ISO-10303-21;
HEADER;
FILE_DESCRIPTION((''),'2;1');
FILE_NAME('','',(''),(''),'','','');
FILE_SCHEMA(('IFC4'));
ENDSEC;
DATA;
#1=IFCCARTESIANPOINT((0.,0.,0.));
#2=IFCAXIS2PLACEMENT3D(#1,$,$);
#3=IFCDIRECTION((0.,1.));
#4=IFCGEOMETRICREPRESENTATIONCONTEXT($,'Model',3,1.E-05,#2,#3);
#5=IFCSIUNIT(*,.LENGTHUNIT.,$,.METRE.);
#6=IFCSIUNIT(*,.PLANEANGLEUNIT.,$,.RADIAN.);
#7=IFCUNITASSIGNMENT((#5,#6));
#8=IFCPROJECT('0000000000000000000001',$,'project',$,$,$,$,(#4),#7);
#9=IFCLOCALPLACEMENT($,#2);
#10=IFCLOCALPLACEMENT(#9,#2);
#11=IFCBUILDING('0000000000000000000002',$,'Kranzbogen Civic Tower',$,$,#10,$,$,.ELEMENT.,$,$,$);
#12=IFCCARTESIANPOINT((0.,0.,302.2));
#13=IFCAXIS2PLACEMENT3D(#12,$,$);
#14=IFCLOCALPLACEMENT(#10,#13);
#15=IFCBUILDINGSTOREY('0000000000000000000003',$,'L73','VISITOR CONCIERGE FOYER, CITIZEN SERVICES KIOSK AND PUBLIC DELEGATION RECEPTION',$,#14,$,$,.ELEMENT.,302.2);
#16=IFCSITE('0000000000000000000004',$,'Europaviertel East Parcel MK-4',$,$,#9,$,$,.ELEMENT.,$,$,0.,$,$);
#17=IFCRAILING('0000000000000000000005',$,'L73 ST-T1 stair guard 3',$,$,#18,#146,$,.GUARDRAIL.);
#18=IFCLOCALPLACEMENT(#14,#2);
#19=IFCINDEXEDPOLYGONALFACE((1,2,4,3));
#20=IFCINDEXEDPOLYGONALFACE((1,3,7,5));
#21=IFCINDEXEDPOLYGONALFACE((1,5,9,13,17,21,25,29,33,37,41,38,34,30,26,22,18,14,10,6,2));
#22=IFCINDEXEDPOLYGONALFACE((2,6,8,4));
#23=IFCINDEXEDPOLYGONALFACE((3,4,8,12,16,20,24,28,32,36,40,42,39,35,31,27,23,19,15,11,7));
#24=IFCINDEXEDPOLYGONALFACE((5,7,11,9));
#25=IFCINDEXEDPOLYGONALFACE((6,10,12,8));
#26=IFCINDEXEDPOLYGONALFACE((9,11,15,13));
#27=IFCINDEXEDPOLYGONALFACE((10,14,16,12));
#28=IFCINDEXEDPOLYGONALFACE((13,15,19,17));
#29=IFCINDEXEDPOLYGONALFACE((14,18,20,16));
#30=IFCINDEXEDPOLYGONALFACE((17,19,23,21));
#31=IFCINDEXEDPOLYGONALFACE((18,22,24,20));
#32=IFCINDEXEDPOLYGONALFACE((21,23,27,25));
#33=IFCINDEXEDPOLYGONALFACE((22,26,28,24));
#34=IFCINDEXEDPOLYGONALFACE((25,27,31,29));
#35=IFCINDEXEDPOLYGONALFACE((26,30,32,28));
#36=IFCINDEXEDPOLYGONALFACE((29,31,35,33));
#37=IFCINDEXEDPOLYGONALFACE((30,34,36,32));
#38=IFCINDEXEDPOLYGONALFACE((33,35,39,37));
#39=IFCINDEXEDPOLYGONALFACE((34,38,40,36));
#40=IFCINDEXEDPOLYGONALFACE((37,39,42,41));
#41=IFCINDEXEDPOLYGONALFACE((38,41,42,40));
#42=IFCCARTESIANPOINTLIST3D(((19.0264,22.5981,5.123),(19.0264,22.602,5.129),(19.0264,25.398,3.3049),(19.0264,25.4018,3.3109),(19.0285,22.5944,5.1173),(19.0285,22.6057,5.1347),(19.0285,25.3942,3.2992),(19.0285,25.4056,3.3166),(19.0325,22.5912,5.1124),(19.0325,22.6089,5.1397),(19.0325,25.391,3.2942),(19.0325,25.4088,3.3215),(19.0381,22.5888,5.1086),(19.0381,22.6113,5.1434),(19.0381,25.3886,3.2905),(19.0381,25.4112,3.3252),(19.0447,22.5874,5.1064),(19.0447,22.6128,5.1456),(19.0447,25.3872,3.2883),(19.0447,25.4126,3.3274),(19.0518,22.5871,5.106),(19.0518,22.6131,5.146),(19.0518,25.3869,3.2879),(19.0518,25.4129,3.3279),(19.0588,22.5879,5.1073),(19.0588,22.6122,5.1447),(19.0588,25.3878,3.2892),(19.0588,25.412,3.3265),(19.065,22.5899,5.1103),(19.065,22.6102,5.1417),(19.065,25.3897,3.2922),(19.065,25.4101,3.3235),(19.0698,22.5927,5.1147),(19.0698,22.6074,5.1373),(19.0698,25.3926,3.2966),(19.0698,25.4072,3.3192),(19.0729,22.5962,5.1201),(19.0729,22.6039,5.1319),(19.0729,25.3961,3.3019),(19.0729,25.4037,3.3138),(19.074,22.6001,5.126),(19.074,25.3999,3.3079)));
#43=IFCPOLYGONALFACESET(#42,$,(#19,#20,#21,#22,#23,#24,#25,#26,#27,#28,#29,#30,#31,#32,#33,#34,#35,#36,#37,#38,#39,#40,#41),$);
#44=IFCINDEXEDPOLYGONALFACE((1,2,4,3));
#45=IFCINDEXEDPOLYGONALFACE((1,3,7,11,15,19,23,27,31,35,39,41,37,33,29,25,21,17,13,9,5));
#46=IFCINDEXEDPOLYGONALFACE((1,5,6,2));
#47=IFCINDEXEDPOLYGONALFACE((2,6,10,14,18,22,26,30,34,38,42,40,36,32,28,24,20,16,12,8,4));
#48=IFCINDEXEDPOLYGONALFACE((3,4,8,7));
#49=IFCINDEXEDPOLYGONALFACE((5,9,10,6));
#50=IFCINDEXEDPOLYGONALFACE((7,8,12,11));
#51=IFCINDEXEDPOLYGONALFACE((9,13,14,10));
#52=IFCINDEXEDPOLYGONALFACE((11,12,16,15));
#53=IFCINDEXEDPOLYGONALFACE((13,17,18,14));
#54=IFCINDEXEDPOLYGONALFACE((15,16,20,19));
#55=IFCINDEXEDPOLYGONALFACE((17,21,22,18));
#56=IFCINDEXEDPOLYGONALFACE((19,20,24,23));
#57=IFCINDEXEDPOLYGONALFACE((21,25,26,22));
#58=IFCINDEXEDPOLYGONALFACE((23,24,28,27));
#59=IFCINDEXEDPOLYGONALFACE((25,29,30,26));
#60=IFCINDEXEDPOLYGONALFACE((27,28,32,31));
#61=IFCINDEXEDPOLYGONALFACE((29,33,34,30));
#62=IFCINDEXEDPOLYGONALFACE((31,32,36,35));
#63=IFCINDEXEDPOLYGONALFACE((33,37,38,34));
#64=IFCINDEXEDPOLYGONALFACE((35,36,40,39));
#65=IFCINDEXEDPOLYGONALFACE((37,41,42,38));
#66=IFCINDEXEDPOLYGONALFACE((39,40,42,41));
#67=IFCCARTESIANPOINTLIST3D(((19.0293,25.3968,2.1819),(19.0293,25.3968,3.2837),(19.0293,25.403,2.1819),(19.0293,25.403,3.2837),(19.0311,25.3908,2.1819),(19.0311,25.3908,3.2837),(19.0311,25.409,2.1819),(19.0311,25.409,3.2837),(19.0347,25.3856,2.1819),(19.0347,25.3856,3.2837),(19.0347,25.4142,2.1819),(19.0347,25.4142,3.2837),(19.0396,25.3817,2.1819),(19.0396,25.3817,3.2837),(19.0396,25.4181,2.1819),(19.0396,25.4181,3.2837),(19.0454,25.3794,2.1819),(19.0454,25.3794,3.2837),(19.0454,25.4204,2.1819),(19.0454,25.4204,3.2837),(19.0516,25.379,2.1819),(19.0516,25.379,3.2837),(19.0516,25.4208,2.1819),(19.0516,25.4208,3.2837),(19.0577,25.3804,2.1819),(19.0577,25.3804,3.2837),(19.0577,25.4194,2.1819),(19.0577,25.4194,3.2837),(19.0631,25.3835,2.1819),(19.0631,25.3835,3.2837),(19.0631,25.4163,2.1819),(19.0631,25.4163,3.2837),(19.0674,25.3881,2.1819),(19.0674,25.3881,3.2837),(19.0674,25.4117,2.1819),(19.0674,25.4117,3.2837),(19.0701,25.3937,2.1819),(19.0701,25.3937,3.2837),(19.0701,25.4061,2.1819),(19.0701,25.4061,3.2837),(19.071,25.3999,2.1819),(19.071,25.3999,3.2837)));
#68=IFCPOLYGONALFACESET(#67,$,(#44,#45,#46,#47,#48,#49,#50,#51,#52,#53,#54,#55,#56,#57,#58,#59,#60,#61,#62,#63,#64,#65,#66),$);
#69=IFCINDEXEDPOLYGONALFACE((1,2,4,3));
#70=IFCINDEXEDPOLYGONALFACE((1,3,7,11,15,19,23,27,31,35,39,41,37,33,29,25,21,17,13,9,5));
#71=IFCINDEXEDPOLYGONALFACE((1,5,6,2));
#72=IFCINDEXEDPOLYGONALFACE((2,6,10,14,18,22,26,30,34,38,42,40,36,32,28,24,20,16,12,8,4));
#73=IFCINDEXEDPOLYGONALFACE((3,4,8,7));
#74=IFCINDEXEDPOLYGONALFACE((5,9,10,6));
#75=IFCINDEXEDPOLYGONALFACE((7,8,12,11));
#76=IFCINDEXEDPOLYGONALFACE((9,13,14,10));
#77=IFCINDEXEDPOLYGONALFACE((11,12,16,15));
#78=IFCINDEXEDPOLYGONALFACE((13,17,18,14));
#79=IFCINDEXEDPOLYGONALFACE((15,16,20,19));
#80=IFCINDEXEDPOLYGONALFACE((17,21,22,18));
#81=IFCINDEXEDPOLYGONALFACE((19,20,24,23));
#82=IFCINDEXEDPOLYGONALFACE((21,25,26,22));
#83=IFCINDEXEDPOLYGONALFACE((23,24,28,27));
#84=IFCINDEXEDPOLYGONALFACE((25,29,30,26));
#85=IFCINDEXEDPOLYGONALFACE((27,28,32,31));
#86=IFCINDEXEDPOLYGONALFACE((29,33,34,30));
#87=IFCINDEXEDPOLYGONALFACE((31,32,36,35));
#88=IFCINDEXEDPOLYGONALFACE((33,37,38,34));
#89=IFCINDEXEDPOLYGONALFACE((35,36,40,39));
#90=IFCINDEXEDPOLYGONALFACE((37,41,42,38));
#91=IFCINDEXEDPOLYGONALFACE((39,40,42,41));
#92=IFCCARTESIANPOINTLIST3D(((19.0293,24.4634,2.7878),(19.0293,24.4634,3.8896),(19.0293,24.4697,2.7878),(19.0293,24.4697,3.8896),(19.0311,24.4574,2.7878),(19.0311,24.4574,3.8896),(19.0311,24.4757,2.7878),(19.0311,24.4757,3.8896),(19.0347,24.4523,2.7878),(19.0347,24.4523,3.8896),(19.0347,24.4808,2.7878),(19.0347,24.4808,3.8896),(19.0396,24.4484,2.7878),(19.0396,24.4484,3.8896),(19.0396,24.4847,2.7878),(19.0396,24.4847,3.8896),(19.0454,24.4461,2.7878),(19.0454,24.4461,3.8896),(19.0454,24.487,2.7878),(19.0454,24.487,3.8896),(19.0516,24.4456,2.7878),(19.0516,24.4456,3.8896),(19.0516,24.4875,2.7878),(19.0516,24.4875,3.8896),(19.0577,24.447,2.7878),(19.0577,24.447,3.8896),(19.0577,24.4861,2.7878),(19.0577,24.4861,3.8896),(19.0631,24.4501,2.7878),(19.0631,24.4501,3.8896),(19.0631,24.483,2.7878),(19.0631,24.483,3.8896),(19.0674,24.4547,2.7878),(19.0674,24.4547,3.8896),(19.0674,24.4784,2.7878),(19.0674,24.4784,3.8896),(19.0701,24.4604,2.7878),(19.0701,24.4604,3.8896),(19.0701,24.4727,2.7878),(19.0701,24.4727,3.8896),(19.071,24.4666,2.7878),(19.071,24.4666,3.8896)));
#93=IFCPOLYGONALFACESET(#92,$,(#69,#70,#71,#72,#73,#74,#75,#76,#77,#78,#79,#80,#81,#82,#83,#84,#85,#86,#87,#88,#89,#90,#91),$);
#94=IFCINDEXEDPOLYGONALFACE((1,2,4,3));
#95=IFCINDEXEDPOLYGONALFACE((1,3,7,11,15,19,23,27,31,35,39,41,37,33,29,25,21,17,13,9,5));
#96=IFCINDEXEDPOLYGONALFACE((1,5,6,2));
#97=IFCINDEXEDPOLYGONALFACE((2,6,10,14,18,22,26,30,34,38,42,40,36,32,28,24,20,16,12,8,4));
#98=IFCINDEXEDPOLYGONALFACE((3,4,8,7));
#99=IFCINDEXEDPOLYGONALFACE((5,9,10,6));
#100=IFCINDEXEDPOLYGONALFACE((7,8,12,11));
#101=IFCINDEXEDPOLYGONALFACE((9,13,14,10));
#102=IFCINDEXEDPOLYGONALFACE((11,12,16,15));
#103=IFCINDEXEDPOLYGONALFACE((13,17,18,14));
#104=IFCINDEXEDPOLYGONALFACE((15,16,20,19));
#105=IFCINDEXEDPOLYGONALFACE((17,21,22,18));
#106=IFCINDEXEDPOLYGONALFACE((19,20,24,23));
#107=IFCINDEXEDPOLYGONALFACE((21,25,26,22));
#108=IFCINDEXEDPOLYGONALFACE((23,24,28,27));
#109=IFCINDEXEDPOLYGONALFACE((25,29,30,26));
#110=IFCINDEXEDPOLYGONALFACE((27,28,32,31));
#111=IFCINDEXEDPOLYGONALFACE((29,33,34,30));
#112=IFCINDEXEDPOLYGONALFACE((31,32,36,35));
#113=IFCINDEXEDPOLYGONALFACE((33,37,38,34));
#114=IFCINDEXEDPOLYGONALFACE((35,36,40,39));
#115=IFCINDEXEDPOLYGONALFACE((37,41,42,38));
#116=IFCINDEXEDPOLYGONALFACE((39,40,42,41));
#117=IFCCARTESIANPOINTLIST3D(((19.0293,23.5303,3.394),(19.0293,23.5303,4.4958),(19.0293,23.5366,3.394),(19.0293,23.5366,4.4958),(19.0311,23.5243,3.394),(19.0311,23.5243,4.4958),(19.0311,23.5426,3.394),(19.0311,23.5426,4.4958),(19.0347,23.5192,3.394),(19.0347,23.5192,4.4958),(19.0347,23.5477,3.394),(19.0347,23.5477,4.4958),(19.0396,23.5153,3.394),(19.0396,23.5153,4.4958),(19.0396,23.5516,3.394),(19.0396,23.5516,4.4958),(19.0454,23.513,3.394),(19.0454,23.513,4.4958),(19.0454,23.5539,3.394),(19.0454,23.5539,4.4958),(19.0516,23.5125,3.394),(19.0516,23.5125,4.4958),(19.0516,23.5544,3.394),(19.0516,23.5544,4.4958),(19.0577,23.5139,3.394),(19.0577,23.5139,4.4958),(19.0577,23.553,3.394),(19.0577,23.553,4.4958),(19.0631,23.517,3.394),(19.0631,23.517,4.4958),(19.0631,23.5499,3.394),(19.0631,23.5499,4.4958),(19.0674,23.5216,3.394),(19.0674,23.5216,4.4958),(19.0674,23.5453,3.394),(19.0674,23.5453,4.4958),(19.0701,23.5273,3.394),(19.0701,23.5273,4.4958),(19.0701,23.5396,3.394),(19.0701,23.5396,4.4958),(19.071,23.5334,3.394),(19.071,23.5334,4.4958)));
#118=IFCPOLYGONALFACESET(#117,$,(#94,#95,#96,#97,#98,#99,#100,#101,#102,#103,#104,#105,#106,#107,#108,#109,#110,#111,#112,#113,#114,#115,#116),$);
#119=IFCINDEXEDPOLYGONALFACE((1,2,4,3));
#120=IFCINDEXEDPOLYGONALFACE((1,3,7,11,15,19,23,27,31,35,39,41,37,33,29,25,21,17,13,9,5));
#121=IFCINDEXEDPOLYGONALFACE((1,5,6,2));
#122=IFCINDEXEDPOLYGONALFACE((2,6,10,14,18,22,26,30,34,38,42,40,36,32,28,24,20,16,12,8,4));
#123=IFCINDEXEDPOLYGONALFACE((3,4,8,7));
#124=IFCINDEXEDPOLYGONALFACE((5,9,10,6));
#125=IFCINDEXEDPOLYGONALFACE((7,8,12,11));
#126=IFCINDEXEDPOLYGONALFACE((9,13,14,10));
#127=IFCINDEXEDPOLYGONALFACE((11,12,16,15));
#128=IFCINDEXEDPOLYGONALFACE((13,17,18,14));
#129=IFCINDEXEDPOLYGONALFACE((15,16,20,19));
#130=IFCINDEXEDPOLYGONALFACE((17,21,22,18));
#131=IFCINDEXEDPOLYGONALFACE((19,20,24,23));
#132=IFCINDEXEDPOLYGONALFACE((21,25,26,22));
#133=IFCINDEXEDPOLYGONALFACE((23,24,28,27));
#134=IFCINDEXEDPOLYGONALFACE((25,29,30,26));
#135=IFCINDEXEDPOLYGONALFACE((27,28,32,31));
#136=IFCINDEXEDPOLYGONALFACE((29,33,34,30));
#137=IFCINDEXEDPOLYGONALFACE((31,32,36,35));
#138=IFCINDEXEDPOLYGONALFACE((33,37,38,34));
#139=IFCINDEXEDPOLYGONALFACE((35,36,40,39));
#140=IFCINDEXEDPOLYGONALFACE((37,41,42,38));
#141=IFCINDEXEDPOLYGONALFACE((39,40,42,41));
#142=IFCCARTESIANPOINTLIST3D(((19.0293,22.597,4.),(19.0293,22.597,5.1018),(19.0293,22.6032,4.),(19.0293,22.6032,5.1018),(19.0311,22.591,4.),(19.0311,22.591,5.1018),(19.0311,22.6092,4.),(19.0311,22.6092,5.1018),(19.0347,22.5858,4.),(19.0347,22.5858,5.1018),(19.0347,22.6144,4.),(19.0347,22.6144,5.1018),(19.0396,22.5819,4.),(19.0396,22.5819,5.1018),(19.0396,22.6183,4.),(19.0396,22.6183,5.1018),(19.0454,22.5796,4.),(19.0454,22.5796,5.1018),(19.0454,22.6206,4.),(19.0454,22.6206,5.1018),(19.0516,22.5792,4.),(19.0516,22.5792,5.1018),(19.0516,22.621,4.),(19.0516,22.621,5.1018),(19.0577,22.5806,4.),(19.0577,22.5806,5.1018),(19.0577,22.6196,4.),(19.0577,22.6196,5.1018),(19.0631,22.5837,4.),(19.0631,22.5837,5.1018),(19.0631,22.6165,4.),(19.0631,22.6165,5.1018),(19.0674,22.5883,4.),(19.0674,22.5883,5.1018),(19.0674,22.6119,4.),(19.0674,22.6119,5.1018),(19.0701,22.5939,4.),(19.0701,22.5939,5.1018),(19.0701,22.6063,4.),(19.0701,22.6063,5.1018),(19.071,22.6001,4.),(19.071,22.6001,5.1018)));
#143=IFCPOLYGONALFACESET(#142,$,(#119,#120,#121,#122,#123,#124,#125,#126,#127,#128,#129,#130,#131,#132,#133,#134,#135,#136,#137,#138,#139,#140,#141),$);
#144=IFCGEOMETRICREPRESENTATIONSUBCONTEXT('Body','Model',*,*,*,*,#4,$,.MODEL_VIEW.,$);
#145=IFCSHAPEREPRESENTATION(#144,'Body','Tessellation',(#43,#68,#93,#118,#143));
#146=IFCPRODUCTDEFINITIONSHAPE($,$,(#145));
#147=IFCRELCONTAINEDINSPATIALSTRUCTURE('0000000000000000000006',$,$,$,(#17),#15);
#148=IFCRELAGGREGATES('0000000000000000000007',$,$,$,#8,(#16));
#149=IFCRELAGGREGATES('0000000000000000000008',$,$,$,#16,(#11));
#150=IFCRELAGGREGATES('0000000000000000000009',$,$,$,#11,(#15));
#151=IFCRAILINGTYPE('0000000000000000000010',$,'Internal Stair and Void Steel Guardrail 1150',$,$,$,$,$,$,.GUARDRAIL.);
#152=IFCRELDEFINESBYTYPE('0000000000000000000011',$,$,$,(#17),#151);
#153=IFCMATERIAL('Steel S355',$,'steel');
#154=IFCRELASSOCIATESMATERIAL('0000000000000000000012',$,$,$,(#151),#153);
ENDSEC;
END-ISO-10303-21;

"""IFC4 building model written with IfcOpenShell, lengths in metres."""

from ifc_helpers import new_model, si_unit, direction, frame, origin, origin_2d, place, context, subcontext, project, spatial, circle, extrude, material, type_object, element, save


model = new_model("IFC4")

# Units and contexts
model_context = context("Model", 3, precision=1e-05, world=origin(), true_north=direction((0.0, 1.0)))
body_context = subcontext(model_context, "Body", "Model", "MODEL_VIEW")
ifc_project = project(units=[si_unit("LENGTHUNIT", "METRE"), si_unit("PLANEANGLEUNIT", "RADIAN")], contexts=[model_context])

# Site, building, storey
site_placement = place(None, origin())
site = spatial("IfcSite", under=ifc_project, at=site_placement, Name="Europaviertel East Parcel MK-4", CompositionType="ELEMENT", RefElevation=0.0)
building_placement = place(site_placement, origin())
building = spatial("IfcBuilding", under=site, at=building_placement, Name="Kranzbogen Civic Tower", CompositionType="ELEMENT")
storey_placement = place(building_placement, frame((0.0, 0.0, 302.2)))
storey = spatial("IfcBuildingStorey", under=building, at=storey_placement, Name="L73", Description="VISITOR CONCIERGE FOYER, CITIZEN SERVICES KIOSK AND PUBLIC DELEGATION RECEPTION", CompositionType="ELEMENT", Elevation=302.2)

# Shared definitions
ifc_material_1 = material(Name="Steel S355", Category="steel")

# Railing
railing_type_1 = type_object("IfcRailingType", Name="Internal Stair and Void Steel Guardrail 1150", PredefinedType="GUARDRAIL", material=ifc_material_1)
railing_1_placement = place(storey_placement, frame((19.05, 25.3999, 2.1819)))
element("IfcRailing", 1, at=railing_1_placement, inside=storey, type_object=railing_type_1, Name="L73 ST-T1 stair guard 3", PredefinedType="GUARDRAIL", context=body_context, shape_type="SweptSolid", body=[
    extrude(circle(Radius=0.0239, at=origin_2d()), frame((0.0, 0.0, 1.126), z_axis=(0.0, -0.838684, 0.544618), x_axis=(1.0, 0.0, 0.0)), (0.0, 0.0, 1.0), 3.3384),
    extrude(circle(Radius=0.021, at=origin_2d()), origin(), (0.0, 0.0, 1.0), 1.1018),
    extrude(circle(Radius=0.021, at=origin_2d()), frame((0.0, -0.9333, 0.606)), (0.0, 0.0, 1.0), 1.1018),
    extrude(circle(Radius=0.021, at=origin_2d()), frame((0.0, -1.8665, 1.2122)), (0.0, 0.0, 1.0), 1.1018),
    extrude(circle(Radius=0.021, at=origin_2d()), frame((0.0, -2.7998, 1.8181)), (0.0, 0.0, 1.0), 1.1018),
])

save(model, "model.ifc")
